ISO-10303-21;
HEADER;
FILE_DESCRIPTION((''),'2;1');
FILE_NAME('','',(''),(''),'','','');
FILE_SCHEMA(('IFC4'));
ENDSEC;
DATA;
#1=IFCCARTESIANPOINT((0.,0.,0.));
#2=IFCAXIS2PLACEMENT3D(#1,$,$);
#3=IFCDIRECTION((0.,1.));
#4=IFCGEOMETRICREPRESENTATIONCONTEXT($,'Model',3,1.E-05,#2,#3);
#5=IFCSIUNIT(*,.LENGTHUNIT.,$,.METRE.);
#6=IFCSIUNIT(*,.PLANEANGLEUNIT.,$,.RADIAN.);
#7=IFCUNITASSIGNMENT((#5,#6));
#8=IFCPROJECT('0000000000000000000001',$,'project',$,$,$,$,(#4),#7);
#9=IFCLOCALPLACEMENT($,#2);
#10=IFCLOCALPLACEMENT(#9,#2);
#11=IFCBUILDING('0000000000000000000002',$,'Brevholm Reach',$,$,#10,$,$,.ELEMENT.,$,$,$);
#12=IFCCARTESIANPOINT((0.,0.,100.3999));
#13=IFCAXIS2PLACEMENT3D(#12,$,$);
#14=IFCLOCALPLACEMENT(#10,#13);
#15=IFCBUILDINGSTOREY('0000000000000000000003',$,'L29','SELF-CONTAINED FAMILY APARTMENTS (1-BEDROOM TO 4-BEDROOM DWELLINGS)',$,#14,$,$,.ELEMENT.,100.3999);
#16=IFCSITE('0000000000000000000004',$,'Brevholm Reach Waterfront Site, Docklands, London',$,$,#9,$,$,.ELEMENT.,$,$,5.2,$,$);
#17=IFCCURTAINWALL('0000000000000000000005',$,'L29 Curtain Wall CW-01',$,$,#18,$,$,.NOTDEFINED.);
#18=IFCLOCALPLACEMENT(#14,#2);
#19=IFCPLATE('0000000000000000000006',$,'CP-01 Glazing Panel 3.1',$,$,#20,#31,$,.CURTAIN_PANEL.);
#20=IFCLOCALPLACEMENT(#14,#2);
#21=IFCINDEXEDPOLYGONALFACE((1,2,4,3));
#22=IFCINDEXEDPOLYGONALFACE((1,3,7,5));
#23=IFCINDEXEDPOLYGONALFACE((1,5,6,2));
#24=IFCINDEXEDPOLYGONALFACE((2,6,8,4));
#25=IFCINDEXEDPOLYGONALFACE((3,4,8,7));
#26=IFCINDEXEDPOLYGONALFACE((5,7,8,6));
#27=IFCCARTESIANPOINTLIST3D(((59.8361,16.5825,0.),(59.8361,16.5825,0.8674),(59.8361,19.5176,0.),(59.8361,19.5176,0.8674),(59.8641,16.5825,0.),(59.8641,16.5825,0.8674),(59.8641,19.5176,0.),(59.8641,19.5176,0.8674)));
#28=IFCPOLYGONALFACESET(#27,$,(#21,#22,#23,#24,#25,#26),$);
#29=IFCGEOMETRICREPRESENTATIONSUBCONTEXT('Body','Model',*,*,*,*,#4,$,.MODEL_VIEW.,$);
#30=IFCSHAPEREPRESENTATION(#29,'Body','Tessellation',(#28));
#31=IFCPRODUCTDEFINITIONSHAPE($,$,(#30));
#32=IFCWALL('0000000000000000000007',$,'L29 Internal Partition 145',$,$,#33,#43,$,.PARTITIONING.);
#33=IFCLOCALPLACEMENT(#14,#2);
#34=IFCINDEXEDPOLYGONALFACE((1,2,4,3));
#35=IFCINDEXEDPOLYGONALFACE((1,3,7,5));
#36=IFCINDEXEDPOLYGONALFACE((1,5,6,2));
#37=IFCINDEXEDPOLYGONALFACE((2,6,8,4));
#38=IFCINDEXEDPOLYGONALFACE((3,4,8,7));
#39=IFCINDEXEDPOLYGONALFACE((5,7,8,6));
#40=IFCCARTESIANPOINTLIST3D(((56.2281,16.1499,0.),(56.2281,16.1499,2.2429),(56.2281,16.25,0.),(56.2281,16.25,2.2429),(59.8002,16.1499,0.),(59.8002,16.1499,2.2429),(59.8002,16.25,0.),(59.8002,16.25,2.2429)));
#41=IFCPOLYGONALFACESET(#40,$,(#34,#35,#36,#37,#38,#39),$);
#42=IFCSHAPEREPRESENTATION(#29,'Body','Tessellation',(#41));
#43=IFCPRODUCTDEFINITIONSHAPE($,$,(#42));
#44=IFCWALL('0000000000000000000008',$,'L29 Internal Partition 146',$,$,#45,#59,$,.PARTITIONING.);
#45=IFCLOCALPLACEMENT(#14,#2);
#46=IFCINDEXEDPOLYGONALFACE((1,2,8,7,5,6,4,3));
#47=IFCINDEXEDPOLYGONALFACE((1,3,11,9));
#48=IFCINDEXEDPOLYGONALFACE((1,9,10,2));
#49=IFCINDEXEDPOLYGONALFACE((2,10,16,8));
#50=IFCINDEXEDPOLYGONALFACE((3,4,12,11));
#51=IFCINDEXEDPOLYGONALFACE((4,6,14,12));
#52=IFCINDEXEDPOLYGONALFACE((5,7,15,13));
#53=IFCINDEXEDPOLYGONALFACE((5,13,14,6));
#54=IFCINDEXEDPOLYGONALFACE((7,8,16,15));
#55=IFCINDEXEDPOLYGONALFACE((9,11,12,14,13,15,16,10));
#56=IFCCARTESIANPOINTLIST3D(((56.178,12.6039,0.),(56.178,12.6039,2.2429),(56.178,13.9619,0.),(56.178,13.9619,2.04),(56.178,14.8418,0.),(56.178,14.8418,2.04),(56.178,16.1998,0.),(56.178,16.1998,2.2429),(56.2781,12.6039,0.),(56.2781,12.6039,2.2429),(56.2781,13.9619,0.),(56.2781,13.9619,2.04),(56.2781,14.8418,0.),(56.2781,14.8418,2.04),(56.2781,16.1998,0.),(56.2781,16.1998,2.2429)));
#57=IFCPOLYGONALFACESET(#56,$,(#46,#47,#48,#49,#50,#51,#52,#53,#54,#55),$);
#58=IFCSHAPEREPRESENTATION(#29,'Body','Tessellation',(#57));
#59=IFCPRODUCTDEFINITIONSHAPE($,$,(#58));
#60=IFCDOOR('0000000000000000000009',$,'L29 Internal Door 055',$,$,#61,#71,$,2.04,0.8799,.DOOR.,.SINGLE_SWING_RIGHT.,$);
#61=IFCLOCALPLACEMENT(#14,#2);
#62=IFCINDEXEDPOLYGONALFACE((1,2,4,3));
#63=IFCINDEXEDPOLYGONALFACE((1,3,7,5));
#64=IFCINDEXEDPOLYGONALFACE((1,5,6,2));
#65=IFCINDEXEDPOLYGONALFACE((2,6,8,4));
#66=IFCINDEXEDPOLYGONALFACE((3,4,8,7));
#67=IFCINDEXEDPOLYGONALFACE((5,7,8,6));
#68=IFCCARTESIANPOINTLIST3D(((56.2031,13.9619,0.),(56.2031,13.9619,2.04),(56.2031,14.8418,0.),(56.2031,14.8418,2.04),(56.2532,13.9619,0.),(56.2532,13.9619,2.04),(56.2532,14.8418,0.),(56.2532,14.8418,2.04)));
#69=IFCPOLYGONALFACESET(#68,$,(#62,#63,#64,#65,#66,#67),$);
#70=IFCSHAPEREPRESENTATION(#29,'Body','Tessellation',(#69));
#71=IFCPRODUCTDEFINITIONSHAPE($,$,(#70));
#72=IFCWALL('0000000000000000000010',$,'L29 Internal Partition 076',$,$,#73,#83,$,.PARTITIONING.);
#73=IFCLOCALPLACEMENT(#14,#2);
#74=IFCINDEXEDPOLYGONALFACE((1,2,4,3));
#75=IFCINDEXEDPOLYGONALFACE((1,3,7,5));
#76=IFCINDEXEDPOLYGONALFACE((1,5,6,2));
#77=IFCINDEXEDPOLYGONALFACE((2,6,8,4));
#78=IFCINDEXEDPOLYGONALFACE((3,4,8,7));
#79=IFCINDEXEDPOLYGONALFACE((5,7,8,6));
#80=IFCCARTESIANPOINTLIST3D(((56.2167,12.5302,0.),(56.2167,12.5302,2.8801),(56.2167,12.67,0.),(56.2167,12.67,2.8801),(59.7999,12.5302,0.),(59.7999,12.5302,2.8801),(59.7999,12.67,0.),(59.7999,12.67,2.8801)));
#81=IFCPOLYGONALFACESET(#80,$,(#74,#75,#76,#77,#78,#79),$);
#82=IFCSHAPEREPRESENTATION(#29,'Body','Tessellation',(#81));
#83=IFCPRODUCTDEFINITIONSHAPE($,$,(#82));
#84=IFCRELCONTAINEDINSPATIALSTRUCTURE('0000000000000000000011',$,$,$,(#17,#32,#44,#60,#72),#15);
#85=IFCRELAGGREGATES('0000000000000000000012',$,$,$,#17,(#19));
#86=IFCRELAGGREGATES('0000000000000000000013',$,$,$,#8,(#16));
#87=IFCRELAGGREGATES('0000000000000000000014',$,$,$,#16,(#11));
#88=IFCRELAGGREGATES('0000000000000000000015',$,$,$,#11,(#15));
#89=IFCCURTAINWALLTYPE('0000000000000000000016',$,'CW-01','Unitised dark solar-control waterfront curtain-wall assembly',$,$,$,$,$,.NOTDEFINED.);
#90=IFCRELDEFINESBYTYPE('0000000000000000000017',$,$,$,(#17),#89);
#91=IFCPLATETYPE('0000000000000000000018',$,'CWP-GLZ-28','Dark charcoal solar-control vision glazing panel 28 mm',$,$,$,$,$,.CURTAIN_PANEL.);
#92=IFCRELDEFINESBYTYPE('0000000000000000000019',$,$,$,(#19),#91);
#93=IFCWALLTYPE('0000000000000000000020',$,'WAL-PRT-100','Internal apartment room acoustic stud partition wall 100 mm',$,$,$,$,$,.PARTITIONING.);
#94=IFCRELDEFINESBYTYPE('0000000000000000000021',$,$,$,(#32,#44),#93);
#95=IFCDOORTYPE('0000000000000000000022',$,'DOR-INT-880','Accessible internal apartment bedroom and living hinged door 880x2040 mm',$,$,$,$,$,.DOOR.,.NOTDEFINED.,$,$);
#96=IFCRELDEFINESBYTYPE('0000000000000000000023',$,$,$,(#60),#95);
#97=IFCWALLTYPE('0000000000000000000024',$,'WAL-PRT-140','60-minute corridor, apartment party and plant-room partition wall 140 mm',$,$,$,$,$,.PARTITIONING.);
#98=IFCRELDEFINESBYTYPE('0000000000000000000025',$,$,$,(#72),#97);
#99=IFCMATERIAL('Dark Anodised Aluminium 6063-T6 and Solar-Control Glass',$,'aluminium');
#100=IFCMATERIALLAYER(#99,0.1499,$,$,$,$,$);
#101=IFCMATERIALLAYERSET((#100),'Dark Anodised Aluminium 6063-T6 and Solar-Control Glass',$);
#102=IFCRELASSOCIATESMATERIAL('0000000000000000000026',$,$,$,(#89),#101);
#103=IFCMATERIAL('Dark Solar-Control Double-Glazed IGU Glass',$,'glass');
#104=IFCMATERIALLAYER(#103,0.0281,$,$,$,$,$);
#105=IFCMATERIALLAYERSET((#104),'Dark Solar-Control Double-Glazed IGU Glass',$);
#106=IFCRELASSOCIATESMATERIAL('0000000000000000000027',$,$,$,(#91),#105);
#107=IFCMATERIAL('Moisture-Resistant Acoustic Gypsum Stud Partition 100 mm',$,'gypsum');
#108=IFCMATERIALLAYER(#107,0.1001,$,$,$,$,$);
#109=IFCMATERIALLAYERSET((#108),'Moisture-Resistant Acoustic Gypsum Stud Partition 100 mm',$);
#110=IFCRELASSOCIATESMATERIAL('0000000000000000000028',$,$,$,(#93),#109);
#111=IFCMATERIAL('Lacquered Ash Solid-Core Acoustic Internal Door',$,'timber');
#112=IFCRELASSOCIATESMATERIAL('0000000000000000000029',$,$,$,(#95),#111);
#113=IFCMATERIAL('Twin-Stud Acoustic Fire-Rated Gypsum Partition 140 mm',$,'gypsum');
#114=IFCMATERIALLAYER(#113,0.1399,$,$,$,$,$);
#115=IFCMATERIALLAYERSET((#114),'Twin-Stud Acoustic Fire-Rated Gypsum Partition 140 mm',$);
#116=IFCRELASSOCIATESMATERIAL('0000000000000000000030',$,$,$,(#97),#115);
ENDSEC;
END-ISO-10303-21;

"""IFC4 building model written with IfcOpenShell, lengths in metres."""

from ifc_helpers import new_model, si_unit, direction, frame, frame_2d, origin, origin_2d, place, context, subcontext, project, spatial, rectangle, extrude, material, layer, layer_set, type_object, element, fill, aggregate, save


model = new_model("IFC4")

# Units and contexts
model_context = context("Model", 3, precision=1e-05, world=origin(), true_north=direction((0.0, 1.0)))
body_context = subcontext(model_context, "Body", "Model", "MODEL_VIEW")
ifc_project = project(units=[si_unit("LENGTHUNIT", "METRE"), si_unit("PLANEANGLEUNIT", "RADIAN")], contexts=[model_context])

# Site, building, storey
site_placement = place(None, origin())
site = spatial("IfcSite", under=ifc_project, at=site_placement, Name="Brevholm Reach Waterfront Site, Docklands, London", CompositionType="ELEMENT", RefElevation=5.2)
building_placement = place(site_placement, origin())
building = spatial("IfcBuilding", under=site, at=building_placement, Name="Brevholm Reach", CompositionType="ELEMENT")
storey_placement = place(building_placement, frame((0.0, 0.0, 100.3999)))
storey = spatial("IfcBuildingStorey", under=building, at=storey_placement, Name="L29", Description="SELF-CONTAINED FAMILY APARTMENTS (1-BEDROOM TO 4-BEDROOM DWELLINGS)", CompositionType="ELEMENT", Elevation=100.3999)

# Curtain wall, plate
ifc_material_1 = material(Name="Dark Anodised Aluminium 6063-T6 and Solar-Control Glass", Category="aluminium")
ifc_layer_1 = layer(ifc_material_1, 0.1499)
ifc_layer_set_1 = layer_set([ifc_layer_1], Name="Dark Anodised Aluminium 6063-T6 and Solar-Control Glass")
curtain_wall_type = type_object("IfcCurtainWallType", Name="CW-01", Description="Unitised dark solar-control waterfront curtain-wall assembly", PredefinedType="NOTDEFINED", material=ifc_layer_set_1)
curtain_wall_placement = place(storey_placement, origin())
curtain_wall = element("IfcCurtainWall", 1, at=curtain_wall_placement, inside=storey, type_object=curtain_wall_type, Name="L29 Curtain Wall CW-01", PredefinedType="NOTDEFINED")
ifc_material_2 = material(Name="Dark Solar-Control Double-Glazed IGU Glass", Category="glass")
ifc_layer_2 = layer(ifc_material_2, 0.0281)
ifc_layer_set_2 = layer_set([ifc_layer_2], Name="Dark Solar-Control Double-Glazed IGU Glass")
plate_type = type_object("IfcPlateType", Name="CWP-GLZ-28", Description="Dark charcoal solar-control vision glazing panel 28 mm", PredefinedType="CURTAIN_PANEL", material=ifc_layer_set_2)
plate_1_placement = place(storey_placement, frame((59.8501, 18.05, 0.0), z_axis=(0.0, 0.0, 1.0), x_axis=(0.0, 1.0, 0.0)))
plate_1 = element("IfcPlate", 2, at=plate_1_placement, type_object=plate_type, Name="CP-01 Glazing Panel 3.1", PredefinedType="CURTAIN_PANEL", context=body_context, shape_type="SweptSolid", body=[
    extrude(rectangle(XDim=2.9351, YDim=0.0281, at=origin_2d()), origin(), (0.0, 0.0, 1.0), 0.8674),
])
aggregate(curtain_wall, [plate_1])

# Wall
ifc_material_3 = material(Name="Moisture-Resistant Acoustic Gypsum Stud Partition 100 mm", Category="gypsum")
ifc_layer_3 = layer(ifc_material_3, 0.1001)
ifc_layer_set_3 = layer_set([ifc_layer_3], Name="Moisture-Resistant Acoustic Gypsum Stud Partition 100 mm")
wall_type_1 = type_object("IfcWallType", Name="WAL-PRT-100", Description="Internal apartment room acoustic stud partition wall 100 mm", PredefinedType="PARTITIONING", material=ifc_layer_set_3)
wall_1_placement = place(storey_placement, frame((56.228, 16.2, 0.0), z_axis=(0.0, 0.0, 1.0), x_axis=(1.0, 0.0, 0.0)))
element("IfcWall", 3, at=wall_1_placement, inside=storey, type_object=wall_type_1, Name="L29 Internal Partition 145", PredefinedType="PARTITIONING", context=body_context, shape_type="SweptSolid", body=[
    extrude(rectangle(XDim=3.572, YDim=0.1001, at=frame_2d((1.7861, 0.0))), origin(), (0.0, 0.0, 1.0), 2.2429),
])

# Wall, opening, door
wall_2_placement = place(storey_placement, frame((56.228, 12.604, 0.0), z_axis=(0.0, 0.0, 1.0), x_axis=(0.0, 1.0, 0.0)))
wall_2 = element("IfcWall", 4, at=wall_2_placement, inside=storey, type_object=wall_type_1, Name="L29 Internal Partition 146", PredefinedType="PARTITIONING", context=body_context, shape_type="SweptSolid", body=[
    extrude(rectangle(XDim=3.5959, YDim=0.1001, at=frame_2d((1.7979, 0.0))), origin(), (0.0, 0.0, 1.0), 2.2429),
])
opening_placement = place(wall_2_placement, frame((1.3579, 0.0, 0.0)))
opening = element("IfcOpeningElement", 5, at=opening_placement, cuts=wall_2, PredefinedType="OPENING", context=body_context, shape_type="SweptSolid", body=[
    extrude(rectangle(XDim=0.8799, YDim=2.04, at=frame_2d((0.4399, 1.02))), frame((0.0, 0.0601, 0.0), z_axis=(0.0, -1.0, 0.0), x_axis=(1.0, 0.0, 0.0)), (0.0, 0.0, 1.0), 0.1201),
])
ifc_material_4 = material(Name="Lacquered Ash Solid-Core Acoustic Internal Door", Category="timber")
door_type = type_object("IfcDoorType", Name="DOR-INT-880", Description="Accessible internal apartment bedroom and living hinged door 880x2040 mm", OperationType="NOTDEFINED", PredefinedType="DOOR", material=ifc_material_4)
door_placement = place(opening_placement, origin())
door = element("IfcDoor", 6, at=door_placement, inside=storey, type_object=door_type, Name="L29 Internal Door 055", OperationType="SINGLE_SWING_RIGHT", OverallHeight=2.04, OverallWidth=0.8799, PredefinedType="DOOR", context=body_context, shape_type="SweptSolid", body=[
    extrude(rectangle(XDim=0.8799, YDim=2.04, at=frame_2d((0.4399, 1.02))), frame((0.0, 0.0249, 0.0), z_axis=(0.0, -1.0, 0.0), x_axis=(1.0, 0.0, 0.0)), (0.0, 0.0, 1.0), 0.05),
])
fill(opening, door)

# Wall
ifc_material_5 = material(Name="Twin-Stud Acoustic Fire-Rated Gypsum Partition 140 mm", Category="gypsum")
ifc_layer_4 = layer(ifc_material_5, 0.1399)
ifc_layer_set_4 = layer_set([ifc_layer_4], Name="Twin-Stud Acoustic Fire-Rated Gypsum Partition 140 mm")
wall_type_2 = type_object("IfcWallType", Name="WAL-PRT-140", Description="60-minute corridor, apartment party and plant-room partition wall 140 mm", PredefinedType="PARTITIONING", material=ifc_layer_set_4)
wall_3_placement = place(storey_placement, frame((56.2168, 12.6001, 0.0), z_axis=(0.0, 0.0, 1.0), x_axis=(1.0, 0.0, 0.0)))
element("IfcWall", 7, at=wall_3_placement, inside=storey, type_object=wall_type_2, Name="L29 Internal Partition 076", PredefinedType="PARTITIONING", context=body_context, shape_type="SweptSolid", body=[
    extrude(rectangle(XDim=3.5833, YDim=0.1399, at=frame_2d((1.7915, 0.0))), origin(), (0.0, 0.0, 1.0), 2.8801),
])

save(model, "model.ifc")
